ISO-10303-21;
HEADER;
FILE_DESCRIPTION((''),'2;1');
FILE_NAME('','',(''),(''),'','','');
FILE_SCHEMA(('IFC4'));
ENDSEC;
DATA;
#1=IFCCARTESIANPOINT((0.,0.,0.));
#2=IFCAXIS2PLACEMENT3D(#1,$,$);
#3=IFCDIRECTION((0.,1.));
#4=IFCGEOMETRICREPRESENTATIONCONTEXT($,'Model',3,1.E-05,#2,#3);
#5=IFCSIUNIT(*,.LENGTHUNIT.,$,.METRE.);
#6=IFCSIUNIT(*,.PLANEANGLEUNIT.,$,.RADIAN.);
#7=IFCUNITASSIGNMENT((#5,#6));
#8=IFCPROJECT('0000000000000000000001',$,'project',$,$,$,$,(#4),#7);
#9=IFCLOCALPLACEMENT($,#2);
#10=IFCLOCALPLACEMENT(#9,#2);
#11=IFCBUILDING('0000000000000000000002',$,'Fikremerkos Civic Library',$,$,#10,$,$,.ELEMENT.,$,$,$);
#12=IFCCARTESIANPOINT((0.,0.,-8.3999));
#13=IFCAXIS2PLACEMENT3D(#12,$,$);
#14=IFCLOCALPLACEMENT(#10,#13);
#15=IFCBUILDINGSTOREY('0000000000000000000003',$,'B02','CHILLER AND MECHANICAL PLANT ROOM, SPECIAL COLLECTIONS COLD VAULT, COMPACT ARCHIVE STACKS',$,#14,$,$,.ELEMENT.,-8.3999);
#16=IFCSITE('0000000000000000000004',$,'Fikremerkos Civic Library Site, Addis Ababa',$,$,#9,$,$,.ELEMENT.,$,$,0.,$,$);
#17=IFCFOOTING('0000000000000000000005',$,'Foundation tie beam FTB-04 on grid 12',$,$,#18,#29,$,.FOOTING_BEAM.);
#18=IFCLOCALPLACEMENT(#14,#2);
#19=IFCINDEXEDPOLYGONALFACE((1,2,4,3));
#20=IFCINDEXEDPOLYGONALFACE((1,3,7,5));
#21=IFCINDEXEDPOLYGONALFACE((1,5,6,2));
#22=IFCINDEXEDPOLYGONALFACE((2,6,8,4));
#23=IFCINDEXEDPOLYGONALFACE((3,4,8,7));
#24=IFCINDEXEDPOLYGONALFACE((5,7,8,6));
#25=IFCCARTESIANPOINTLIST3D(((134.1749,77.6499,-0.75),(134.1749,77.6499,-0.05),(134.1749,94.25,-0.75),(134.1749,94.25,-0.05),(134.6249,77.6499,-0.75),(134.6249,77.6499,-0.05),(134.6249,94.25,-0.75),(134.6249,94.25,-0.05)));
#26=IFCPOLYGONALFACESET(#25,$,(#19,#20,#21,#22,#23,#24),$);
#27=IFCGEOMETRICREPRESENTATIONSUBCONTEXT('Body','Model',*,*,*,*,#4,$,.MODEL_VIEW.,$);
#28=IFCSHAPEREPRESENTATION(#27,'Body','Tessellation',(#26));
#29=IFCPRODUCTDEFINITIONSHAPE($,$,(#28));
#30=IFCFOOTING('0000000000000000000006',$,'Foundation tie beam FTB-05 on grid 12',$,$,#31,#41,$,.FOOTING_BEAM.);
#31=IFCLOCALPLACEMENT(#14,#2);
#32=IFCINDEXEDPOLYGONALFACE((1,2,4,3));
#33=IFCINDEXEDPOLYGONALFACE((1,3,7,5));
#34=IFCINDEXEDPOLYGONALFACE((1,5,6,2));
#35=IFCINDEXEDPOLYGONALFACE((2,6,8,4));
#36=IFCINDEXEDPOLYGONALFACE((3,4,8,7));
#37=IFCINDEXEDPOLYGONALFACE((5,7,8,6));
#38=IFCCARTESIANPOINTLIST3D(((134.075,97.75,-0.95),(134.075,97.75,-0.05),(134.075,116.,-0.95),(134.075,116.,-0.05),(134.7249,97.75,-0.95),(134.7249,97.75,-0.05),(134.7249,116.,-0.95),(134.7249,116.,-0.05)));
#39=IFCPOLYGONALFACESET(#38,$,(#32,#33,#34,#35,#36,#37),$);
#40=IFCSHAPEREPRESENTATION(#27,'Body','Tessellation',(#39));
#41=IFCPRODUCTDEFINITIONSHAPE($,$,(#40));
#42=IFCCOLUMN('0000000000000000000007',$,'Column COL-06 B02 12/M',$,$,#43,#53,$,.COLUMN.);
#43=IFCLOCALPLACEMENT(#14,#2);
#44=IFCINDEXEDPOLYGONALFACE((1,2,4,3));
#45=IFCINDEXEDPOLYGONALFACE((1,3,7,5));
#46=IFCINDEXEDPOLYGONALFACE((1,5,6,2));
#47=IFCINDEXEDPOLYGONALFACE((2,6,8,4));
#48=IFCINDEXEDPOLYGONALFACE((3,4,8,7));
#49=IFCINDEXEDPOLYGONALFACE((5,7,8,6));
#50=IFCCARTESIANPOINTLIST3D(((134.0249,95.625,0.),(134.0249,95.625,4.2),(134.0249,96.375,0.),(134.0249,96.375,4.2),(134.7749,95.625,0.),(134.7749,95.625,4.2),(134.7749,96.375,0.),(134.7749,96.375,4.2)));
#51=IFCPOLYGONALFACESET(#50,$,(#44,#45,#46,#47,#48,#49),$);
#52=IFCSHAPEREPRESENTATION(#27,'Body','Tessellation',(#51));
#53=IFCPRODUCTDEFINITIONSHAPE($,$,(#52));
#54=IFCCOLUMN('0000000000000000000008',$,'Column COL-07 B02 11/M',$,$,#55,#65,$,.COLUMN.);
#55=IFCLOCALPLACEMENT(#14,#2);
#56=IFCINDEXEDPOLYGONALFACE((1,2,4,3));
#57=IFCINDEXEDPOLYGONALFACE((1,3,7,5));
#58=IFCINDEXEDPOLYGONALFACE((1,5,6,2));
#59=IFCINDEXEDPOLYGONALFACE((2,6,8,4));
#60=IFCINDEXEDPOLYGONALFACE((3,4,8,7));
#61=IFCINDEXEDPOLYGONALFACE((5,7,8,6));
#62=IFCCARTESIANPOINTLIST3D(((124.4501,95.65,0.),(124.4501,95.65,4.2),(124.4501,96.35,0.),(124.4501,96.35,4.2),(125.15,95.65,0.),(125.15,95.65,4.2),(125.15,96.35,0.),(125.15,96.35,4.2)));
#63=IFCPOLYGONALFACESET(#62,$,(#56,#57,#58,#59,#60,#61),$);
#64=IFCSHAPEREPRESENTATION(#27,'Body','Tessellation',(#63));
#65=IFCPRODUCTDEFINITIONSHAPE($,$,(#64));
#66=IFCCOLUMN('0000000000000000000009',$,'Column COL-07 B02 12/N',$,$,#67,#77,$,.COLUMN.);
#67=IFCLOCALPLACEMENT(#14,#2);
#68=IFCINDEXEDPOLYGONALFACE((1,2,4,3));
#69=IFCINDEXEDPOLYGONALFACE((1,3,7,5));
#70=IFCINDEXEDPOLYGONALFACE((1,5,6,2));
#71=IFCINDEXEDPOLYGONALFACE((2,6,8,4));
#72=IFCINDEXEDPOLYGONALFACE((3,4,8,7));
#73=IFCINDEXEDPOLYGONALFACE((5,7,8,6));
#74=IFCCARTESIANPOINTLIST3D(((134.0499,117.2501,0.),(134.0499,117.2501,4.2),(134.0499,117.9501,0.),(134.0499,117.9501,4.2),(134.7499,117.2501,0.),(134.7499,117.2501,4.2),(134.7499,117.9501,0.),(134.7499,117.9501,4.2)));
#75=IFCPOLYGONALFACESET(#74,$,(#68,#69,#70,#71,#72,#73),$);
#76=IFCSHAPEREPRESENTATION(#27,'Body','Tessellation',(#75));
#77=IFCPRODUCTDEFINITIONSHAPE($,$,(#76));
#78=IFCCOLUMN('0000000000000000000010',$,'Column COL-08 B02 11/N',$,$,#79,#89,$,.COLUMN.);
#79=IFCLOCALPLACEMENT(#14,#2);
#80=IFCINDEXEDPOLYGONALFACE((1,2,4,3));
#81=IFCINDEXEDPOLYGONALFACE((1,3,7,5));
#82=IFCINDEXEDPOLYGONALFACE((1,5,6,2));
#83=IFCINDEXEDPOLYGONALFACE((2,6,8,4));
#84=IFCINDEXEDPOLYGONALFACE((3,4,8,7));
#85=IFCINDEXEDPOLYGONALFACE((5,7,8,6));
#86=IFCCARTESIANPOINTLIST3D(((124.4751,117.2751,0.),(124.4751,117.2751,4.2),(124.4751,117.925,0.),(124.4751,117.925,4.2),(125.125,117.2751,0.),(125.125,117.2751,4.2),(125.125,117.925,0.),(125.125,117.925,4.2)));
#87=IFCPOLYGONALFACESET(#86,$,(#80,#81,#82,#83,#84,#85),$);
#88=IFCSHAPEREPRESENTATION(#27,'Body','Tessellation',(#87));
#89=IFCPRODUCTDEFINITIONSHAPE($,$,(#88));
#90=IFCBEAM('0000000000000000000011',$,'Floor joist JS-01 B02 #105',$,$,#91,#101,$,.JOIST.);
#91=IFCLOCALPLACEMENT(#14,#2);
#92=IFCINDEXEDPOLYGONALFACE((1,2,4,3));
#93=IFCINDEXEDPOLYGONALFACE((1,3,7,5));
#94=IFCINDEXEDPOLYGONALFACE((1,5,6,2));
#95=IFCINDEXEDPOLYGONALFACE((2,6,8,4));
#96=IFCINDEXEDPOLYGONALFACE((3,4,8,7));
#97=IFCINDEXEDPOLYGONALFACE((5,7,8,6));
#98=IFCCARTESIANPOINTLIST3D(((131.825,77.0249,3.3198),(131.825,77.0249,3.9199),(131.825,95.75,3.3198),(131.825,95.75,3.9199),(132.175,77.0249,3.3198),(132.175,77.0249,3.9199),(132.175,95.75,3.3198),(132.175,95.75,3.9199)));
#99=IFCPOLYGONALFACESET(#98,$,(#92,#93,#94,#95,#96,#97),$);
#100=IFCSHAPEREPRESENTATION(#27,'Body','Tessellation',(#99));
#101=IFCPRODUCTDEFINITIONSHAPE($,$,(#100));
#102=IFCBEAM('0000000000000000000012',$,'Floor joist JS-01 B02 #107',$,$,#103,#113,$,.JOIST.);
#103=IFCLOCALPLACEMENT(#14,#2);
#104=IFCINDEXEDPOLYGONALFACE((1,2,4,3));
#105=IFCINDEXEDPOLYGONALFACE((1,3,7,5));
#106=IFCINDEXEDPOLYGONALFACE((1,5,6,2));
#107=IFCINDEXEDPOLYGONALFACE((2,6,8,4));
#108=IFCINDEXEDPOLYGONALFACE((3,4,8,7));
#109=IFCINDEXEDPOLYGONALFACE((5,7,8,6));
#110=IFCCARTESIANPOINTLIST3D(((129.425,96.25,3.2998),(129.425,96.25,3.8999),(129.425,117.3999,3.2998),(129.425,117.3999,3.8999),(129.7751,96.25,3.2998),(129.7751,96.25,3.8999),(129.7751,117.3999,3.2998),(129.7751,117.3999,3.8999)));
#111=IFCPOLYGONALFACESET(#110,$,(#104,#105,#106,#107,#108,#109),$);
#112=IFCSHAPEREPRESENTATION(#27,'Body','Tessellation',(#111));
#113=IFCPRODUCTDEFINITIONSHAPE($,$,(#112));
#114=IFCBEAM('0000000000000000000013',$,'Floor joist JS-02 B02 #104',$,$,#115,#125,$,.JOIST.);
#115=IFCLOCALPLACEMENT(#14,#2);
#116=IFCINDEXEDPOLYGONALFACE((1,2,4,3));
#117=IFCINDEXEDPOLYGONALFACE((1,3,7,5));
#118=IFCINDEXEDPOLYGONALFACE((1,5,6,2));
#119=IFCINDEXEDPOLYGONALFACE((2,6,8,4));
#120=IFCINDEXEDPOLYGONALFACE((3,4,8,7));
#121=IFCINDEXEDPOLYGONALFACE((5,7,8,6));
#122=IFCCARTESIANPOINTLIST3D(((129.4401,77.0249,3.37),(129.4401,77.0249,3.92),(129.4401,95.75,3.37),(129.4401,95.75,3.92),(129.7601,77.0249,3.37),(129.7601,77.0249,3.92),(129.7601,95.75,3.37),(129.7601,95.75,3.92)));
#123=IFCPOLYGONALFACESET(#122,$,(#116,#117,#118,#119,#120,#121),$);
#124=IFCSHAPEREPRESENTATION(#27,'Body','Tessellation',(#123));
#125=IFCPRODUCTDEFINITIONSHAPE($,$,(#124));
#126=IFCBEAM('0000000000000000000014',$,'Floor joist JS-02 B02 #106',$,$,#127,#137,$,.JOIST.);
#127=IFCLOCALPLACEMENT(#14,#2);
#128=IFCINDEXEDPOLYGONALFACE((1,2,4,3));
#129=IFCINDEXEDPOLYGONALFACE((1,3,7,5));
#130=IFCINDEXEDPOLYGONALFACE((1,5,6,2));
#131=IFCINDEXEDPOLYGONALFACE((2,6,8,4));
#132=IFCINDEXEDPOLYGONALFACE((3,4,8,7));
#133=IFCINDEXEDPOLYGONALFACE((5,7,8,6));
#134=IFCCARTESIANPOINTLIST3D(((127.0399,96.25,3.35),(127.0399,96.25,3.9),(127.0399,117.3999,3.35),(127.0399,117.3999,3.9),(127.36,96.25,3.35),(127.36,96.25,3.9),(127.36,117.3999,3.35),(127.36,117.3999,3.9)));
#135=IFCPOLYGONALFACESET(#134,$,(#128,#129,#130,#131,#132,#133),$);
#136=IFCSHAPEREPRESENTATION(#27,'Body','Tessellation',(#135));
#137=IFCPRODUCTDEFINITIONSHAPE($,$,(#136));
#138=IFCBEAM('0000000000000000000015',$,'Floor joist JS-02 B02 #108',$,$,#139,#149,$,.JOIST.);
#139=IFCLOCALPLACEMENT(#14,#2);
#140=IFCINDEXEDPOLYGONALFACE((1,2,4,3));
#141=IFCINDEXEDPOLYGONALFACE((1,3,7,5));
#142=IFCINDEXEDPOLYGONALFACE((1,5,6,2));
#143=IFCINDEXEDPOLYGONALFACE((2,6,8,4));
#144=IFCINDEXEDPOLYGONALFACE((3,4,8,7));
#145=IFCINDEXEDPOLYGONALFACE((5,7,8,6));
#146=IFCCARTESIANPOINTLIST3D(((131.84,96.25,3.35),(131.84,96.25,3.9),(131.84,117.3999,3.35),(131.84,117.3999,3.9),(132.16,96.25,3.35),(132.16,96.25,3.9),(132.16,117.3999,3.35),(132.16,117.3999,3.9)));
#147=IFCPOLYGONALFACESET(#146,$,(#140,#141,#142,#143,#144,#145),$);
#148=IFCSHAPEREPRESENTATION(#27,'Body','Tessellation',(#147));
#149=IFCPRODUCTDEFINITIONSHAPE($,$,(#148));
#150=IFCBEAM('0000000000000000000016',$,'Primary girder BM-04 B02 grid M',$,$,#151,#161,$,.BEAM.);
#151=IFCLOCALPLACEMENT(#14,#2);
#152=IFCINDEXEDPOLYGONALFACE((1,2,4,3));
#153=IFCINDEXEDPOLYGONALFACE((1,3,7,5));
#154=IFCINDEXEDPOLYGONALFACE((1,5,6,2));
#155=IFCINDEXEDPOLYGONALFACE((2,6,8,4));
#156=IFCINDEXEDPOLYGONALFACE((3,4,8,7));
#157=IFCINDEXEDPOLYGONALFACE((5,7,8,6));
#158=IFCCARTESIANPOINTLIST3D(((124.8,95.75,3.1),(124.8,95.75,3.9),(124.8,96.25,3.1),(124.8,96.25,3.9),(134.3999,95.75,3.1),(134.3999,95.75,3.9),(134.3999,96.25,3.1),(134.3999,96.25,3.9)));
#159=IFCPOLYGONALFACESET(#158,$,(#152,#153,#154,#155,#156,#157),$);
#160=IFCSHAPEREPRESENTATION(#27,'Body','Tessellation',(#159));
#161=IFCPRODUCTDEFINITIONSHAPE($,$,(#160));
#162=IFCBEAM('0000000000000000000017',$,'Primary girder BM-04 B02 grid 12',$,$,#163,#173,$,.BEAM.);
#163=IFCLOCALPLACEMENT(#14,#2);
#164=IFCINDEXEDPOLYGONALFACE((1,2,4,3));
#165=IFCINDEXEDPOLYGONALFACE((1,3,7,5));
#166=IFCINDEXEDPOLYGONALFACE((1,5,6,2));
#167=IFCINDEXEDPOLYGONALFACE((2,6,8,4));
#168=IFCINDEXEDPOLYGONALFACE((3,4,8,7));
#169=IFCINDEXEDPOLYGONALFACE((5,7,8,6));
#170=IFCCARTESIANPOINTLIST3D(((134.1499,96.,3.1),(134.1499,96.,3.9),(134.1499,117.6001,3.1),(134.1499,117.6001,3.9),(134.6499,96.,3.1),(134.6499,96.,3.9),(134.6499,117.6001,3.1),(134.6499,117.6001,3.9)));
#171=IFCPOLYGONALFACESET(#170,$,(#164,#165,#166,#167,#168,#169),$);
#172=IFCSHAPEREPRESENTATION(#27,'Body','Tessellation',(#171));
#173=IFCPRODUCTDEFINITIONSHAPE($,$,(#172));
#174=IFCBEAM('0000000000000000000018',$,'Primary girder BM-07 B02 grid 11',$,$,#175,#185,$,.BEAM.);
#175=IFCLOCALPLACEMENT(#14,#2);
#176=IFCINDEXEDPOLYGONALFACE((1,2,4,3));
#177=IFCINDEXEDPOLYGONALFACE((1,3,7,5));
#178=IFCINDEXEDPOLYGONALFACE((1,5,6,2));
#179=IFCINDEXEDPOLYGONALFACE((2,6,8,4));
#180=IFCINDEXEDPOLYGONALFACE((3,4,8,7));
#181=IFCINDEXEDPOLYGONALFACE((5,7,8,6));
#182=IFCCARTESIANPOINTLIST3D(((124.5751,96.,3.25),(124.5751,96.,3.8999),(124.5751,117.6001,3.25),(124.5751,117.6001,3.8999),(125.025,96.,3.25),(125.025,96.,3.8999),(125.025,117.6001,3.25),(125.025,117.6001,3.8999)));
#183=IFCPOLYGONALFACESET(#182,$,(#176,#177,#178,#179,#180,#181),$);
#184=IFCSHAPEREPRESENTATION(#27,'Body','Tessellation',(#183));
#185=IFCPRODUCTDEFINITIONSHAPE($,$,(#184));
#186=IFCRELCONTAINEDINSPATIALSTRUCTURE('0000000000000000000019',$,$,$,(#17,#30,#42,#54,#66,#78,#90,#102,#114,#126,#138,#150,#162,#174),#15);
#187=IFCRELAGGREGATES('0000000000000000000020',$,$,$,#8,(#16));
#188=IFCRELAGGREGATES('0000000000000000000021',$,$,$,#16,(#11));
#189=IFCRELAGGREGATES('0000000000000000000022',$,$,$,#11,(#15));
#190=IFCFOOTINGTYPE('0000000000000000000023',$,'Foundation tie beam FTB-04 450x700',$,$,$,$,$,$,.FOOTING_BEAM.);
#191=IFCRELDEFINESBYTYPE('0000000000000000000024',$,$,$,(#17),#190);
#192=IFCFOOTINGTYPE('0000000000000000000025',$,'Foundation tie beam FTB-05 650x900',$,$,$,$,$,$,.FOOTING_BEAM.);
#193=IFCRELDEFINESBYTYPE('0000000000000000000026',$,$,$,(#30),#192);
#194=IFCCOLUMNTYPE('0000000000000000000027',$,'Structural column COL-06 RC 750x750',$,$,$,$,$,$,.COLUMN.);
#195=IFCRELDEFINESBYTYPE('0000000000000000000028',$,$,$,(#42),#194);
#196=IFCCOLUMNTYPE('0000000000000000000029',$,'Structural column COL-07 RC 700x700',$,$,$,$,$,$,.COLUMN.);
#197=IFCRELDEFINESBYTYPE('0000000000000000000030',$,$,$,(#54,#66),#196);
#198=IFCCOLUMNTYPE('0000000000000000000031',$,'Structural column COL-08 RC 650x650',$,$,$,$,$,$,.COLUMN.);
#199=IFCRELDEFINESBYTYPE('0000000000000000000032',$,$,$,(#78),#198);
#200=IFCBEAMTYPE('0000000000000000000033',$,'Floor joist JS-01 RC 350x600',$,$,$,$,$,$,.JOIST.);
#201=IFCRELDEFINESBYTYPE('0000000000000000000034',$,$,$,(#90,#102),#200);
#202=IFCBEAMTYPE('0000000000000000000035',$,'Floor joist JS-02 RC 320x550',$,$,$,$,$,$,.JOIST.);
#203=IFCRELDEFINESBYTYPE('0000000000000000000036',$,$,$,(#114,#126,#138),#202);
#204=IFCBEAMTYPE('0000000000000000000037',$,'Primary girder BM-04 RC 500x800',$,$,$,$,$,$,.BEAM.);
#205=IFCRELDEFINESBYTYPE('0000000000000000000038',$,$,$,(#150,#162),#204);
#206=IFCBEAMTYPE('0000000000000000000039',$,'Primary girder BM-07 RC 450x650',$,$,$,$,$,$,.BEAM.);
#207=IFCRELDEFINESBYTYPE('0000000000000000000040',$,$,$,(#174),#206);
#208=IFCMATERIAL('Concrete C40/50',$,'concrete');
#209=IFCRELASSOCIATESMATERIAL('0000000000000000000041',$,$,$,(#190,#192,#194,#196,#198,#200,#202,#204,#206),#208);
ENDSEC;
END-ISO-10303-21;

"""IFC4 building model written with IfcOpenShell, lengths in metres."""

from ifc_helpers import new_model, si_unit, direction, frame, origin, origin_2d, place, context, subcontext, project, spatial, rectangle, extrude, material, material_profile, profile_set, type_object, element, save


model = new_model("IFC4")

# Units and contexts
model_context = context("Model", 3, precision=1e-05, world=origin(), true_north=direction((0.0, 1.0)))
body_context = subcontext(model_context, "Body", "Model", "MODEL_VIEW")
ifc_project = project(units=[si_unit("LENGTHUNIT", "METRE"), si_unit("PLANEANGLEUNIT", "RADIAN")], contexts=[model_context])

# Site, building, storey
site_placement = place(None, origin())
site = spatial("IfcSite", under=ifc_project, at=site_placement, Name="Fikremerkos Civic Library Site, Addis Ababa", CompositionType="ELEMENT", RefElevation=0.0)
building_placement = place(site_placement, origin())
building = spatial("IfcBuilding", under=site, at=building_placement, Name="Fikremerkos Civic Library", CompositionType="ELEMENT")
storey_placement = place(building_placement, frame((0.0, 0.0, -8.3999)))
storey = spatial("IfcBuildingStorey", under=building, at=storey_placement, Name="B02", Description="CHILLER AND MECHANICAL PLANT ROOM, SPECIAL COLLECTIONS COLD VAULT, COMPACT ARCHIVE STACKS", CompositionType="ELEMENT", Elevation=-8.3999)

# Footings
ifc_material_1 = material(Name="Concrete C40/50", Category="concrete")
footing_type_1 = type_object("IfcFootingType", Name="Foundation tie beam FTB-04 450x700", PredefinedType="FOOTING_BEAM", material=ifc_material_1)
footing_1_placement = place(storey_placement, frame((134.3999, 85.95, -0.75), z_axis=(0.0, 0.0, 1.0), x_axis=(0.0, 1.0, 0.0)))
element("IfcFooting", 1, at=footing_1_placement, inside=storey, type_object=footing_type_1, Name="Foundation tie beam FTB-04 on grid 12", PredefinedType="FOOTING_BEAM", context=body_context, shape_type="SweptSolid", body=[
    extrude(rectangle(XDim=16.6001, YDim=0.45, at=origin_2d()), origin(), (0.0, 0.0, 1.0), 0.7),
])
footing_type_2 = type_object("IfcFootingType", Name="Foundation tie beam FTB-05 650x900", PredefinedType="FOOTING_BEAM", material=ifc_material_1)
footing_2_placement = place(storey_placement, frame((134.3999, 106.875, -0.95), z_axis=(0.0, 0.0, 1.0), x_axis=(0.0, 1.0, 0.0)))
element("IfcFooting", 2, at=footing_2_placement, inside=storey, type_object=footing_type_2, Name="Foundation tie beam FTB-05 on grid 12", PredefinedType="FOOTING_BEAM", context=body_context, shape_type="SweptSolid", body=[
    extrude(rectangle(XDim=18.25, YDim=0.6499, at=origin_2d()), origin(), (0.0, 0.0, 1.0), 0.8999),
])

# Columns
ifc_material_profile_1 = material_profile(ifc_material_1, rectangle(XDim=0.75, YDim=0.75, at=origin_2d()), Name="RC 750x750")
ifc_profile_set_1 = profile_set([ifc_material_profile_1], Name="Concrete C40/50")
column_type_1 = type_object("IfcColumnType", Name="Structural column COL-06 RC 750x750", PredefinedType="COLUMN", material=ifc_profile_set_1)
column_1_placement = place(storey_placement, frame((134.3999, 96.0, 0.0), z_axis=(0.0, 0.0, 1.0), x_axis=(1.0, 0.0, 0.0)))
element("IfcColumn", 3, at=column_1_placement, inside=storey, type_object=column_type_1, Name="Column COL-06 B02 12/M", PredefinedType="COLUMN", context=body_context, shape_type="SweptSolid", body=[
    extrude(rectangle(XDim=0.75, YDim=0.75, at=origin_2d()), origin(), (0.0, 0.0, 1.0), 4.2),
])
ifc_material_profile_2 = material_profile(ifc_material_1, rectangle(XDim=0.7, YDim=0.7, at=origin_2d()), Name="RC 700x700")
ifc_profile_set_2 = profile_set([ifc_material_profile_2], Name="Concrete C40/50")
column_type_2 = type_object("IfcColumnType", Name="Structural column COL-07 RC 700x700", PredefinedType="COLUMN", material=ifc_profile_set_2)
for number, where, z_axis, x_axis, name in (
    (4, (124.8, 96.0, 0.0), (0.0, 0.0, 1.0), (1.0, 0.0, 0.0), "Column COL-07 B02 11/M"),
    (5, (134.3999, 117.6001, 0.0), (0.0, 0.0, 1.0), (1.0, 0.0, 0.0), "Column COL-07 B02 12/N"),
):
    element("IfcColumn", number, at=place(storey_placement, frame(where, z_axis=z_axis, x_axis=x_axis)), inside=storey, type_object=column_type_2, Name=name, PredefinedType="COLUMN", context=body_context, shape_type="SweptSolid", body=[
        extrude(rectangle(XDim=0.7, YDim=0.7, at=origin_2d()), origin(), (0.0, 0.0, 1.0), 4.2),
    ])
ifc_material_profile_3 = material_profile(ifc_material_1, rectangle(XDim=0.6499, YDim=0.6499, at=origin_2d()), Name="RC 650x650")
ifc_profile_set_3 = profile_set([ifc_material_profile_3], Name="Concrete C40/50")
column_type_3 = type_object("IfcColumnType", Name="Structural column COL-08 RC 650x650", PredefinedType="COLUMN", material=ifc_profile_set_3)
column_2_placement = place(storey_placement, frame((124.8, 117.6001, 0.0), z_axis=(0.0, 0.0, 1.0), x_axis=(1.0, 0.0, 0.0)))
element("IfcColumn", 6, at=column_2_placement, inside=storey, type_object=column_type_3, Name="Column COL-08 B02 11/N", PredefinedType="COLUMN", context=body_context, shape_type="SweptSolid", body=[
    extrude(rectangle(XDim=0.6499, YDim=0.6499, at=origin_2d()), origin(), (0.0, 0.0, 1.0), 4.2),
])

# Beams
ifc_material_profile_4 = material_profile(ifc_material_1, rectangle(XDim=0.3501, YDim=0.6001, at=origin_2d()), Name="RC 350x600")
ifc_profile_set_4 = profile_set([ifc_material_profile_4], Name="Concrete C40/50")
beam_type_1 = type_object("IfcBeamType", Name="Floor joist JS-01 RC 350x600", PredefinedType="JOIST", material=ifc_profile_set_4)
beam_1_placement = place(storey_placement, frame((132.0, 77.0249, 3.6199), z_axis=(0.0, 1.0, 0.0), x_axis=(-1.0, 0.0, 0.0)))
element("IfcBeam", 7, at=beam_1_placement, inside=storey, type_object=beam_type_1, Name="Floor joist JS-01 B02 #105", PredefinedType="JOIST", context=body_context, shape_type="SweptSolid", body=[
    extrude(rectangle(XDim=0.3501, YDim=0.6001, at=origin_2d()), origin(), (0.0, 0.0, 1.0), 18.7251),
])
beam_2_placement = place(storey_placement, frame((129.6001, 96.25, 3.5999), z_axis=(0.0, 1.0, 0.0), x_axis=(-1.0, 0.0, 0.0)))
element("IfcBeam", 8, at=beam_2_placement, inside=storey, type_object=beam_type_1, Name="Floor joist JS-01 B02 #107", PredefinedType="JOIST", context=body_context, shape_type="SweptSolid", body=[
    extrude(rectangle(XDim=0.3501, YDim=0.6001, at=origin_2d()), origin(), (0.0, 0.0, 1.0), 21.1499),
])
ifc_material_profile_5 = material_profile(ifc_material_1, rectangle(XDim=0.3201, YDim=0.55, at=origin_2d()), Name="RC 320x550")
ifc_profile_set_5 = profile_set([ifc_material_profile_5], Name="Concrete C40/50")
beam_type_2 = type_object("IfcBeamType", Name="Floor joist JS-02 RC 320x550", PredefinedType="JOIST", material=ifc_profile_set_5)
beam_3_placement = place(storey_placement, frame((129.6001, 77.0249, 3.645), z_axis=(0.0, 1.0, 0.0), x_axis=(-1.0, 0.0, 0.0)))
element("IfcBeam", 9, at=beam_3_placement, inside=storey, type_object=beam_type_2, Name="Floor joist JS-02 B02 #104", PredefinedType="JOIST", context=body_context, shape_type="SweptSolid", body=[
    extrude(rectangle(XDim=0.3201, YDim=0.55, at=origin_2d()), origin(), (0.0, 0.0, 1.0), 18.7251),
])
for number, where, z_axis, x_axis, name in (
    (10, (127.2, 96.25, 3.625), (0.0, 1.0, 0.0), (-1.0, 0.0, 0.0), "Floor joist JS-02 B02 #106"),
    (11, (132.0, 96.25, 3.625), (0.0, 1.0, 0.0), (-1.0, 0.0, 0.0), "Floor joist JS-02 B02 #108"),
):
    element("IfcBeam", number, at=place(storey_placement, frame(where, z_axis=z_axis, x_axis=x_axis)), inside=storey, type_object=beam_type_2, Name=name, PredefinedType="JOIST", context=body_context, shape_type="SweptSolid", body=[
        extrude(rectangle(XDim=0.3201, YDim=0.55, at=origin_2d()), origin(), (0.0, 0.0, 1.0), 21.1499),
    ])
ifc_material_profile_6 = material_profile(ifc_material_1, rectangle(XDim=0.5, YDim=0.8, at=origin_2d()), Name="RC 500x800")
ifc_profile_set_6 = profile_set([ifc_material_profile_6], Name="Concrete C40/50")
beam_type_3 = type_object("IfcBeamType", Name="Primary girder BM-04 RC 500x800", PredefinedType="BEAM", material=ifc_profile_set_6)
beam_4_placement = place(storey_placement, frame((124.8, 96.0, 3.5), z_axis=(1.0, 0.0, 0.0), x_axis=(0.0, 1.0, 0.0)))
element("IfcBeam", 12, at=beam_4_placement, inside=storey, type_object=beam_type_3, Name="Primary girder BM-04 B02 grid M", PredefinedType="BEAM", context=body_context, shape_type="SweptSolid", body=[
    extrude(rectangle(XDim=0.5, YDim=0.8, at=origin_2d()), origin(), (0.0, 0.0, 1.0), 9.5999),
])
beam_5_placement = place(storey_placement, frame((134.3999, 96.0, 3.5), z_axis=(0.0, 1.0, 0.0), x_axis=(-1.0, 0.0, 0.0)))
element("IfcBeam", 13, at=beam_5_placement, inside=storey, type_object=beam_type_3, Name="Primary girder BM-04 B02 grid 12", PredefinedType="BEAM", context=body_context, shape_type="SweptSolid", body=[
    extrude(rectangle(XDim=0.5, YDim=0.8, at=origin_2d()), origin(), (0.0, 0.0, 1.0), 21.6001),
])
ifc_material_profile_7 = material_profile(ifc_material_1, rectangle(XDim=0.45, YDim=0.6499, at=origin_2d()), Name="RC 450x650")
ifc_profile_set_7 = profile_set([ifc_material_profile_7], Name="Concrete C40/50")
beam_type_4 = type_object("IfcBeamType", Name="Primary girder BM-07 RC 450x650", PredefinedType="BEAM", material=ifc_profile_set_7)
beam_6_placement = place(storey_placement, frame((124.8, 96.0, 3.575), z_axis=(0.0, 1.0, 0.0), x_axis=(-1.0, 0.0, 0.0)))
element("IfcBeam", 14, at=beam_6_placement, inside=storey, type_object=beam_type_4, Name="Primary girder BM-07 B02 grid 11", PredefinedType="BEAM", context=body_context, shape_type="SweptSolid", body=[
    extrude(rectangle(XDim=0.45, YDim=0.6499, at=origin_2d()), origin(), (0.0, 0.0, 1.0), 21.6001),
])

save(model, "model.ifc")
